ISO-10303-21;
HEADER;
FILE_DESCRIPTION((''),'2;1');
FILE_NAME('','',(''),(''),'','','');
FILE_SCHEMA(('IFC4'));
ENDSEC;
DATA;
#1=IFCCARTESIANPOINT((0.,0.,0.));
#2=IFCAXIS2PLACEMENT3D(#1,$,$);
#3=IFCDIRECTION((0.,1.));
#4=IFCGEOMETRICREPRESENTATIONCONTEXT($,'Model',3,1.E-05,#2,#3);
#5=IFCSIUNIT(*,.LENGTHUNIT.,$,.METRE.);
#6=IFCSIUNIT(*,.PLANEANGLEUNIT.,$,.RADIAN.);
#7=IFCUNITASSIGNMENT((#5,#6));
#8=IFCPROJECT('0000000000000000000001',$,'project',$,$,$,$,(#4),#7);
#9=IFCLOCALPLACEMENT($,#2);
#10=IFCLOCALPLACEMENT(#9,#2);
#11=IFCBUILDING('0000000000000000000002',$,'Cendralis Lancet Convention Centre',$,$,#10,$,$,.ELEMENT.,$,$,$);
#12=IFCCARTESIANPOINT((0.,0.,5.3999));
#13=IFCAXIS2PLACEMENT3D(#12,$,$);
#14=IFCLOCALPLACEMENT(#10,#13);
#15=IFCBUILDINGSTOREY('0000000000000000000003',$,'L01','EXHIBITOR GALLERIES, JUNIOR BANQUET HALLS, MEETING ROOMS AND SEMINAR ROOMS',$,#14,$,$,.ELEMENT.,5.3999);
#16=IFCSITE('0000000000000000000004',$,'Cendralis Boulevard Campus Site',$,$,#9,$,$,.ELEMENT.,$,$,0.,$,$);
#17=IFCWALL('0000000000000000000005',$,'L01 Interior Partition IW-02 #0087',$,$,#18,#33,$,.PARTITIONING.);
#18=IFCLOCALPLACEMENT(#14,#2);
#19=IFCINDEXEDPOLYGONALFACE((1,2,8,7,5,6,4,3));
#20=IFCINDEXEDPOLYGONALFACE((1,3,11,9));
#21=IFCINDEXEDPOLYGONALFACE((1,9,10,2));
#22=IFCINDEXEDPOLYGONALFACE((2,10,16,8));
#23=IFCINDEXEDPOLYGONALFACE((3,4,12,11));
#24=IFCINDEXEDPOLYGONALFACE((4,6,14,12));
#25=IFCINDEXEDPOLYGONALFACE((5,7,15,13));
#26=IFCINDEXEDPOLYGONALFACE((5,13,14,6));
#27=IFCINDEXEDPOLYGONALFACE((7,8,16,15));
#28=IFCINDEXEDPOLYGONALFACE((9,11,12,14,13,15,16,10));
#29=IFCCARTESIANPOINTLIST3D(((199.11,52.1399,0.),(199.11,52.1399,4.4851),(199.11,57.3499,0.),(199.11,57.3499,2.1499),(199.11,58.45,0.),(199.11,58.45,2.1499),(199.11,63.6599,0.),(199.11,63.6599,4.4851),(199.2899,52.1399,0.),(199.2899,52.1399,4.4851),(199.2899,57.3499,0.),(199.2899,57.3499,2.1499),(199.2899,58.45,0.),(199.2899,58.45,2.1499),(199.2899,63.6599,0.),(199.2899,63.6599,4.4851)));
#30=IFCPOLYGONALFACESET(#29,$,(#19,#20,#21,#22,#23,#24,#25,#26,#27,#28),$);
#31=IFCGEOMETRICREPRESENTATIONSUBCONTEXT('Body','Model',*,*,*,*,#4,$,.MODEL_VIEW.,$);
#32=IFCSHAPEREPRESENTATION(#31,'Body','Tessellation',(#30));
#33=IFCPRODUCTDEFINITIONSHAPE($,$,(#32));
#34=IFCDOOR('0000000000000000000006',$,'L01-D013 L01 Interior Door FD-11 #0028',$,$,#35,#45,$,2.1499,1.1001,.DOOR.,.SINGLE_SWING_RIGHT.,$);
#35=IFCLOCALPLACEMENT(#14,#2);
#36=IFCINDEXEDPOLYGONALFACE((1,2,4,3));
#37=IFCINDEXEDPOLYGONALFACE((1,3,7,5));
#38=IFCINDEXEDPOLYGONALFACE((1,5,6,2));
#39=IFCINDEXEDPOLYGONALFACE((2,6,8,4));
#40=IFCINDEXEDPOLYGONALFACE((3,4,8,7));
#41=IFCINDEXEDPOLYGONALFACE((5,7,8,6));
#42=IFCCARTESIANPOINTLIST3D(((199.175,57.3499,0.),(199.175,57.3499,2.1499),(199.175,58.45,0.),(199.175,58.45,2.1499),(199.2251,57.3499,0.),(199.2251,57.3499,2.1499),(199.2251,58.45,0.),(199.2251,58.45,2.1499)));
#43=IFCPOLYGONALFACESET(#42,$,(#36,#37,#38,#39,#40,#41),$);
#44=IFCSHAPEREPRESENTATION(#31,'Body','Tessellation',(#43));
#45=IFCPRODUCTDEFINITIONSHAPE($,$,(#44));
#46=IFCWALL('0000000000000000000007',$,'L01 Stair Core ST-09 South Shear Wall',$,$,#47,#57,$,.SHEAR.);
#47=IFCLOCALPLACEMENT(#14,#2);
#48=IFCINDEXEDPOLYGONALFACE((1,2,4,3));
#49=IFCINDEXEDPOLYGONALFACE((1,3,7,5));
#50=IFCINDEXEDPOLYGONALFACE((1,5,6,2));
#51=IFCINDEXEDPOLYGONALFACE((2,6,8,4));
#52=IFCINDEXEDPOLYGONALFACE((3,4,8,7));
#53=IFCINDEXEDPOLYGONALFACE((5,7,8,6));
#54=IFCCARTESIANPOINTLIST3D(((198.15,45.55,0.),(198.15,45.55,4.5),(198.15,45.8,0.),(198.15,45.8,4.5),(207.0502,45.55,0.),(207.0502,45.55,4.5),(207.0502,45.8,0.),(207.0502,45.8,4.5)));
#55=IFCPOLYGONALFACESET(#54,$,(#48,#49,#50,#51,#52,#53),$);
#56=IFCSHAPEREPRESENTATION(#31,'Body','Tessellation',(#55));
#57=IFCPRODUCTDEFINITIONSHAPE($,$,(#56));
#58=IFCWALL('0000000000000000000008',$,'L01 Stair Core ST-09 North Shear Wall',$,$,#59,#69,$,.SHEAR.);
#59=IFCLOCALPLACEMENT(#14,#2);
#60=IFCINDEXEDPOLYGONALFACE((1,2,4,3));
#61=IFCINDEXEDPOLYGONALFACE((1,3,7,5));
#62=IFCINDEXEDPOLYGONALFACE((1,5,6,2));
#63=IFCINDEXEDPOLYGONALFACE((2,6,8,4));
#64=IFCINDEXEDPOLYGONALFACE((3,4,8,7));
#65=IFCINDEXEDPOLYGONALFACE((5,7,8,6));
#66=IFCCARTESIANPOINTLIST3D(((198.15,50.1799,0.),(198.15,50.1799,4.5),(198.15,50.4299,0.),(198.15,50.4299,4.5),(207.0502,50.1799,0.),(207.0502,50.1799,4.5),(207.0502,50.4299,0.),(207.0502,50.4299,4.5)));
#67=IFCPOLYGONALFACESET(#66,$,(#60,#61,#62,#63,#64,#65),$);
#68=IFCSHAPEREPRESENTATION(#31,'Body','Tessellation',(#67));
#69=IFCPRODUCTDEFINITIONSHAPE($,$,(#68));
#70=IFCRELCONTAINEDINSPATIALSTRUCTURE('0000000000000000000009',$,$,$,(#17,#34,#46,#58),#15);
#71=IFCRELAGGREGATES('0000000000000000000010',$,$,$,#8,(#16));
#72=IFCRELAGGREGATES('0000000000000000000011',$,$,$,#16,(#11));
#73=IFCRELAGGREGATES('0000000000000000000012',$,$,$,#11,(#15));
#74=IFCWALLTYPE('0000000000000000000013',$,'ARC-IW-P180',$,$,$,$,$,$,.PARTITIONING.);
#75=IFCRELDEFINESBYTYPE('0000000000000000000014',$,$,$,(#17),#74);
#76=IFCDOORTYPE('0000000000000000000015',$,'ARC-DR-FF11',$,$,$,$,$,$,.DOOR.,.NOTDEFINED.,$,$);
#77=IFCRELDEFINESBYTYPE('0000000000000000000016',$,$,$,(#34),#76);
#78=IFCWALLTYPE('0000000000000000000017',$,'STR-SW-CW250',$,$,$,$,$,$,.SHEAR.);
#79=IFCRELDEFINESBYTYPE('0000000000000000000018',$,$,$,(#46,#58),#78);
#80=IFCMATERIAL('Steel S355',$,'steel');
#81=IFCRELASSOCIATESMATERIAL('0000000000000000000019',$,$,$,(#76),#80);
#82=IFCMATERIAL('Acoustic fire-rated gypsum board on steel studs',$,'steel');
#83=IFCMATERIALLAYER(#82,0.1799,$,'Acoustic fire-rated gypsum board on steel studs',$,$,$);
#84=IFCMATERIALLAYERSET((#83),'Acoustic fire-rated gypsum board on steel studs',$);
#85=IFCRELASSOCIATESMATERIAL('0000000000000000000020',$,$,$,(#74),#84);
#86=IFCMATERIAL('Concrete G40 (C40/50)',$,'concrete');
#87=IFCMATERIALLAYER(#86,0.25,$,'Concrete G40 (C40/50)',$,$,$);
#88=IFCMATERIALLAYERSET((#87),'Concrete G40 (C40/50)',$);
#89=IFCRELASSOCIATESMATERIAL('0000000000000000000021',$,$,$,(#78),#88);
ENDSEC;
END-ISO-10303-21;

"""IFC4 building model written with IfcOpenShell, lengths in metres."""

from ifc_helpers import new_model, si_unit, direction, frame, frame_2d, origin, place, context, subcontext, project, spatial, rectangle, extrude, material, layer, layer_set, type_object, element, fill, save


model = new_model("IFC4")

# Units and contexts
model_context = context("Model", 3, precision=1e-05, world=origin(), true_north=direction((0.0, 1.0)))
body_context = subcontext(model_context, "Body", "Model", "MODEL_VIEW")
ifc_project = project(units=[si_unit("LENGTHUNIT", "METRE"), si_unit("PLANEANGLEUNIT", "RADIAN")], contexts=[model_context])

# Site, building, storey
site_placement = place(None, origin())
site = spatial("IfcSite", under=ifc_project, at=site_placement, Name="Cendralis Boulevard Campus Site", CompositionType="ELEMENT", RefElevation=0.0)
building_placement = place(site_placement, origin())
building = spatial("IfcBuilding", under=site, at=building_placement, Name="Cendralis Lancet Convention Centre", CompositionType="ELEMENT")
storey_placement = place(building_placement, frame((0.0, 0.0, 5.3999)))
storey = spatial("IfcBuildingStorey", under=building, at=storey_placement, Name="L01", Description="EXHIBITOR GALLERIES, JUNIOR BANQUET HALLS, MEETING ROOMS AND SEMINAR ROOMS", CompositionType="ELEMENT", Elevation=5.3999)

# Shared definitions
ifc_material_1 = material(Name="Concrete G40 (C40/50)", Category="concrete")

# Shared definitions
ifc_material_2 = material(Name="Steel S355", Category="steel")

# Shared definitions
ifc_material_3 = material(Name="Acoustic fire-rated gypsum board on steel studs", Category="steel")
door_type_1 = type_object("IfcDoorType", Name="ARC-DR-FF11", OperationType="NOTDEFINED", PredefinedType="DOOR", material=ifc_material_2)

# Shared definitions
ifc_layer_1 = layer(ifc_material_3, 0.1799, Name="Acoustic fire-rated gypsum board on steel studs")
ifc_layer_set_1 = layer_set([ifc_layer_1], Name="Acoustic fire-rated gypsum board on steel studs")
wall_type_1 = type_object("IfcWallType", Name="ARC-IW-P180", PredefinedType="PARTITIONING", material=ifc_layer_set_1)

# Wall, opening, door
wall_1_placement = place(storey_placement, frame((199.2, 52.1399, 0.0), z_axis=(0.0, 0.0, 1.0), x_axis=(0.0, 1.0, 0.0)))
wall_1 = element("IfcWall", 1, at=wall_1_placement, inside=storey, type_object=wall_type_1, Name="L01 Interior Partition IW-02 #0087", PredefinedType="PARTITIONING", context=body_context, shape_type="SweptSolid", body=[
    extrude(rectangle(XDim=11.52, YDim=0.1799, at=frame_2d((5.76, 0.0))), origin(), (0.0, 0.0, 1.0), 4.4851),
])
opening_1_placement = place(wall_1_placement, frame((5.21, 0.0, 0.0)))
opening_1 = element("IfcOpeningElement", 2, at=opening_1_placement, cuts=wall_1, PredefinedType="OPENING", context=body_context, shape_type="SweptSolid", body=[
    extrude(rectangle(XDim=1.1001, YDim=2.1499, at=frame_2d((0.55, 1.075))), frame((0.0, 0.0999, 0.0), z_axis=(0.0, -1.0, 0.0), x_axis=(1.0, 0.0, 0.0)), (0.0, 0.0, 1.0), 0.2),
])
door_1_placement = place(opening_1_placement, origin())
door_1 = element("IfcDoor", 3, at=door_1_placement, inside=storey, type_object=door_type_1, Name="L01-D013 L01 Interior Door FD-11 #0028", OperationType="SINGLE_SWING_RIGHT", OverallHeight=2.1499, OverallWidth=1.1001, PredefinedType="DOOR", context=body_context, shape_type="SweptSolid", body=[
    extrude(rectangle(XDim=1.1001, YDim=2.1499, at=frame_2d((0.55, 1.075))), frame((0.0, 0.0249, 0.0), z_axis=(0.0, -1.0, 0.0), x_axis=(1.0, 0.0, 0.0)), (0.0, 0.0, 1.0), 0.05),
])
fill(opening_1, door_1)
ifc_layer_2 = layer(ifc_material_1, 0.25, Name="Concrete G40 (C40/50)")
ifc_layer_set_2 = layer_set([ifc_layer_2], Name="Concrete G40 (C40/50)")
wall_type_2 = type_object("IfcWallType", Name="STR-SW-CW250", PredefinedType="SHEAR", material=ifc_layer_set_2)

# Walls
for number, where, z_axis, x_axis, name in (
    (4, (198.1499, 45.675, 0.0), (0.0, 0.0, 1.0), (1.0, 0.0, 0.0), "L01 Stair Core ST-09 South Shear Wall"),
    (5, (198.1499, 50.3049, 0.0), (0.0, 0.0, 1.0), (1.0, 0.0, 0.0), "L01 Stair Core ST-09 North Shear Wall"),
):
    element("IfcWall", number, at=place(storey_placement, frame(where, z_axis=z_axis, x_axis=x_axis)), inside=storey, type_object=wall_type_2, Name=name, PredefinedType="SHEAR", context=body_context, shape_type="SweptSolid", body=[
        extrude(rectangle(XDim=8.9001, YDim=0.25, at=frame_2d((4.4502, 0.0))), origin(), (0.0, 0.0, 1.0), 4.5),
    ])

save(model, "model.ifc")
